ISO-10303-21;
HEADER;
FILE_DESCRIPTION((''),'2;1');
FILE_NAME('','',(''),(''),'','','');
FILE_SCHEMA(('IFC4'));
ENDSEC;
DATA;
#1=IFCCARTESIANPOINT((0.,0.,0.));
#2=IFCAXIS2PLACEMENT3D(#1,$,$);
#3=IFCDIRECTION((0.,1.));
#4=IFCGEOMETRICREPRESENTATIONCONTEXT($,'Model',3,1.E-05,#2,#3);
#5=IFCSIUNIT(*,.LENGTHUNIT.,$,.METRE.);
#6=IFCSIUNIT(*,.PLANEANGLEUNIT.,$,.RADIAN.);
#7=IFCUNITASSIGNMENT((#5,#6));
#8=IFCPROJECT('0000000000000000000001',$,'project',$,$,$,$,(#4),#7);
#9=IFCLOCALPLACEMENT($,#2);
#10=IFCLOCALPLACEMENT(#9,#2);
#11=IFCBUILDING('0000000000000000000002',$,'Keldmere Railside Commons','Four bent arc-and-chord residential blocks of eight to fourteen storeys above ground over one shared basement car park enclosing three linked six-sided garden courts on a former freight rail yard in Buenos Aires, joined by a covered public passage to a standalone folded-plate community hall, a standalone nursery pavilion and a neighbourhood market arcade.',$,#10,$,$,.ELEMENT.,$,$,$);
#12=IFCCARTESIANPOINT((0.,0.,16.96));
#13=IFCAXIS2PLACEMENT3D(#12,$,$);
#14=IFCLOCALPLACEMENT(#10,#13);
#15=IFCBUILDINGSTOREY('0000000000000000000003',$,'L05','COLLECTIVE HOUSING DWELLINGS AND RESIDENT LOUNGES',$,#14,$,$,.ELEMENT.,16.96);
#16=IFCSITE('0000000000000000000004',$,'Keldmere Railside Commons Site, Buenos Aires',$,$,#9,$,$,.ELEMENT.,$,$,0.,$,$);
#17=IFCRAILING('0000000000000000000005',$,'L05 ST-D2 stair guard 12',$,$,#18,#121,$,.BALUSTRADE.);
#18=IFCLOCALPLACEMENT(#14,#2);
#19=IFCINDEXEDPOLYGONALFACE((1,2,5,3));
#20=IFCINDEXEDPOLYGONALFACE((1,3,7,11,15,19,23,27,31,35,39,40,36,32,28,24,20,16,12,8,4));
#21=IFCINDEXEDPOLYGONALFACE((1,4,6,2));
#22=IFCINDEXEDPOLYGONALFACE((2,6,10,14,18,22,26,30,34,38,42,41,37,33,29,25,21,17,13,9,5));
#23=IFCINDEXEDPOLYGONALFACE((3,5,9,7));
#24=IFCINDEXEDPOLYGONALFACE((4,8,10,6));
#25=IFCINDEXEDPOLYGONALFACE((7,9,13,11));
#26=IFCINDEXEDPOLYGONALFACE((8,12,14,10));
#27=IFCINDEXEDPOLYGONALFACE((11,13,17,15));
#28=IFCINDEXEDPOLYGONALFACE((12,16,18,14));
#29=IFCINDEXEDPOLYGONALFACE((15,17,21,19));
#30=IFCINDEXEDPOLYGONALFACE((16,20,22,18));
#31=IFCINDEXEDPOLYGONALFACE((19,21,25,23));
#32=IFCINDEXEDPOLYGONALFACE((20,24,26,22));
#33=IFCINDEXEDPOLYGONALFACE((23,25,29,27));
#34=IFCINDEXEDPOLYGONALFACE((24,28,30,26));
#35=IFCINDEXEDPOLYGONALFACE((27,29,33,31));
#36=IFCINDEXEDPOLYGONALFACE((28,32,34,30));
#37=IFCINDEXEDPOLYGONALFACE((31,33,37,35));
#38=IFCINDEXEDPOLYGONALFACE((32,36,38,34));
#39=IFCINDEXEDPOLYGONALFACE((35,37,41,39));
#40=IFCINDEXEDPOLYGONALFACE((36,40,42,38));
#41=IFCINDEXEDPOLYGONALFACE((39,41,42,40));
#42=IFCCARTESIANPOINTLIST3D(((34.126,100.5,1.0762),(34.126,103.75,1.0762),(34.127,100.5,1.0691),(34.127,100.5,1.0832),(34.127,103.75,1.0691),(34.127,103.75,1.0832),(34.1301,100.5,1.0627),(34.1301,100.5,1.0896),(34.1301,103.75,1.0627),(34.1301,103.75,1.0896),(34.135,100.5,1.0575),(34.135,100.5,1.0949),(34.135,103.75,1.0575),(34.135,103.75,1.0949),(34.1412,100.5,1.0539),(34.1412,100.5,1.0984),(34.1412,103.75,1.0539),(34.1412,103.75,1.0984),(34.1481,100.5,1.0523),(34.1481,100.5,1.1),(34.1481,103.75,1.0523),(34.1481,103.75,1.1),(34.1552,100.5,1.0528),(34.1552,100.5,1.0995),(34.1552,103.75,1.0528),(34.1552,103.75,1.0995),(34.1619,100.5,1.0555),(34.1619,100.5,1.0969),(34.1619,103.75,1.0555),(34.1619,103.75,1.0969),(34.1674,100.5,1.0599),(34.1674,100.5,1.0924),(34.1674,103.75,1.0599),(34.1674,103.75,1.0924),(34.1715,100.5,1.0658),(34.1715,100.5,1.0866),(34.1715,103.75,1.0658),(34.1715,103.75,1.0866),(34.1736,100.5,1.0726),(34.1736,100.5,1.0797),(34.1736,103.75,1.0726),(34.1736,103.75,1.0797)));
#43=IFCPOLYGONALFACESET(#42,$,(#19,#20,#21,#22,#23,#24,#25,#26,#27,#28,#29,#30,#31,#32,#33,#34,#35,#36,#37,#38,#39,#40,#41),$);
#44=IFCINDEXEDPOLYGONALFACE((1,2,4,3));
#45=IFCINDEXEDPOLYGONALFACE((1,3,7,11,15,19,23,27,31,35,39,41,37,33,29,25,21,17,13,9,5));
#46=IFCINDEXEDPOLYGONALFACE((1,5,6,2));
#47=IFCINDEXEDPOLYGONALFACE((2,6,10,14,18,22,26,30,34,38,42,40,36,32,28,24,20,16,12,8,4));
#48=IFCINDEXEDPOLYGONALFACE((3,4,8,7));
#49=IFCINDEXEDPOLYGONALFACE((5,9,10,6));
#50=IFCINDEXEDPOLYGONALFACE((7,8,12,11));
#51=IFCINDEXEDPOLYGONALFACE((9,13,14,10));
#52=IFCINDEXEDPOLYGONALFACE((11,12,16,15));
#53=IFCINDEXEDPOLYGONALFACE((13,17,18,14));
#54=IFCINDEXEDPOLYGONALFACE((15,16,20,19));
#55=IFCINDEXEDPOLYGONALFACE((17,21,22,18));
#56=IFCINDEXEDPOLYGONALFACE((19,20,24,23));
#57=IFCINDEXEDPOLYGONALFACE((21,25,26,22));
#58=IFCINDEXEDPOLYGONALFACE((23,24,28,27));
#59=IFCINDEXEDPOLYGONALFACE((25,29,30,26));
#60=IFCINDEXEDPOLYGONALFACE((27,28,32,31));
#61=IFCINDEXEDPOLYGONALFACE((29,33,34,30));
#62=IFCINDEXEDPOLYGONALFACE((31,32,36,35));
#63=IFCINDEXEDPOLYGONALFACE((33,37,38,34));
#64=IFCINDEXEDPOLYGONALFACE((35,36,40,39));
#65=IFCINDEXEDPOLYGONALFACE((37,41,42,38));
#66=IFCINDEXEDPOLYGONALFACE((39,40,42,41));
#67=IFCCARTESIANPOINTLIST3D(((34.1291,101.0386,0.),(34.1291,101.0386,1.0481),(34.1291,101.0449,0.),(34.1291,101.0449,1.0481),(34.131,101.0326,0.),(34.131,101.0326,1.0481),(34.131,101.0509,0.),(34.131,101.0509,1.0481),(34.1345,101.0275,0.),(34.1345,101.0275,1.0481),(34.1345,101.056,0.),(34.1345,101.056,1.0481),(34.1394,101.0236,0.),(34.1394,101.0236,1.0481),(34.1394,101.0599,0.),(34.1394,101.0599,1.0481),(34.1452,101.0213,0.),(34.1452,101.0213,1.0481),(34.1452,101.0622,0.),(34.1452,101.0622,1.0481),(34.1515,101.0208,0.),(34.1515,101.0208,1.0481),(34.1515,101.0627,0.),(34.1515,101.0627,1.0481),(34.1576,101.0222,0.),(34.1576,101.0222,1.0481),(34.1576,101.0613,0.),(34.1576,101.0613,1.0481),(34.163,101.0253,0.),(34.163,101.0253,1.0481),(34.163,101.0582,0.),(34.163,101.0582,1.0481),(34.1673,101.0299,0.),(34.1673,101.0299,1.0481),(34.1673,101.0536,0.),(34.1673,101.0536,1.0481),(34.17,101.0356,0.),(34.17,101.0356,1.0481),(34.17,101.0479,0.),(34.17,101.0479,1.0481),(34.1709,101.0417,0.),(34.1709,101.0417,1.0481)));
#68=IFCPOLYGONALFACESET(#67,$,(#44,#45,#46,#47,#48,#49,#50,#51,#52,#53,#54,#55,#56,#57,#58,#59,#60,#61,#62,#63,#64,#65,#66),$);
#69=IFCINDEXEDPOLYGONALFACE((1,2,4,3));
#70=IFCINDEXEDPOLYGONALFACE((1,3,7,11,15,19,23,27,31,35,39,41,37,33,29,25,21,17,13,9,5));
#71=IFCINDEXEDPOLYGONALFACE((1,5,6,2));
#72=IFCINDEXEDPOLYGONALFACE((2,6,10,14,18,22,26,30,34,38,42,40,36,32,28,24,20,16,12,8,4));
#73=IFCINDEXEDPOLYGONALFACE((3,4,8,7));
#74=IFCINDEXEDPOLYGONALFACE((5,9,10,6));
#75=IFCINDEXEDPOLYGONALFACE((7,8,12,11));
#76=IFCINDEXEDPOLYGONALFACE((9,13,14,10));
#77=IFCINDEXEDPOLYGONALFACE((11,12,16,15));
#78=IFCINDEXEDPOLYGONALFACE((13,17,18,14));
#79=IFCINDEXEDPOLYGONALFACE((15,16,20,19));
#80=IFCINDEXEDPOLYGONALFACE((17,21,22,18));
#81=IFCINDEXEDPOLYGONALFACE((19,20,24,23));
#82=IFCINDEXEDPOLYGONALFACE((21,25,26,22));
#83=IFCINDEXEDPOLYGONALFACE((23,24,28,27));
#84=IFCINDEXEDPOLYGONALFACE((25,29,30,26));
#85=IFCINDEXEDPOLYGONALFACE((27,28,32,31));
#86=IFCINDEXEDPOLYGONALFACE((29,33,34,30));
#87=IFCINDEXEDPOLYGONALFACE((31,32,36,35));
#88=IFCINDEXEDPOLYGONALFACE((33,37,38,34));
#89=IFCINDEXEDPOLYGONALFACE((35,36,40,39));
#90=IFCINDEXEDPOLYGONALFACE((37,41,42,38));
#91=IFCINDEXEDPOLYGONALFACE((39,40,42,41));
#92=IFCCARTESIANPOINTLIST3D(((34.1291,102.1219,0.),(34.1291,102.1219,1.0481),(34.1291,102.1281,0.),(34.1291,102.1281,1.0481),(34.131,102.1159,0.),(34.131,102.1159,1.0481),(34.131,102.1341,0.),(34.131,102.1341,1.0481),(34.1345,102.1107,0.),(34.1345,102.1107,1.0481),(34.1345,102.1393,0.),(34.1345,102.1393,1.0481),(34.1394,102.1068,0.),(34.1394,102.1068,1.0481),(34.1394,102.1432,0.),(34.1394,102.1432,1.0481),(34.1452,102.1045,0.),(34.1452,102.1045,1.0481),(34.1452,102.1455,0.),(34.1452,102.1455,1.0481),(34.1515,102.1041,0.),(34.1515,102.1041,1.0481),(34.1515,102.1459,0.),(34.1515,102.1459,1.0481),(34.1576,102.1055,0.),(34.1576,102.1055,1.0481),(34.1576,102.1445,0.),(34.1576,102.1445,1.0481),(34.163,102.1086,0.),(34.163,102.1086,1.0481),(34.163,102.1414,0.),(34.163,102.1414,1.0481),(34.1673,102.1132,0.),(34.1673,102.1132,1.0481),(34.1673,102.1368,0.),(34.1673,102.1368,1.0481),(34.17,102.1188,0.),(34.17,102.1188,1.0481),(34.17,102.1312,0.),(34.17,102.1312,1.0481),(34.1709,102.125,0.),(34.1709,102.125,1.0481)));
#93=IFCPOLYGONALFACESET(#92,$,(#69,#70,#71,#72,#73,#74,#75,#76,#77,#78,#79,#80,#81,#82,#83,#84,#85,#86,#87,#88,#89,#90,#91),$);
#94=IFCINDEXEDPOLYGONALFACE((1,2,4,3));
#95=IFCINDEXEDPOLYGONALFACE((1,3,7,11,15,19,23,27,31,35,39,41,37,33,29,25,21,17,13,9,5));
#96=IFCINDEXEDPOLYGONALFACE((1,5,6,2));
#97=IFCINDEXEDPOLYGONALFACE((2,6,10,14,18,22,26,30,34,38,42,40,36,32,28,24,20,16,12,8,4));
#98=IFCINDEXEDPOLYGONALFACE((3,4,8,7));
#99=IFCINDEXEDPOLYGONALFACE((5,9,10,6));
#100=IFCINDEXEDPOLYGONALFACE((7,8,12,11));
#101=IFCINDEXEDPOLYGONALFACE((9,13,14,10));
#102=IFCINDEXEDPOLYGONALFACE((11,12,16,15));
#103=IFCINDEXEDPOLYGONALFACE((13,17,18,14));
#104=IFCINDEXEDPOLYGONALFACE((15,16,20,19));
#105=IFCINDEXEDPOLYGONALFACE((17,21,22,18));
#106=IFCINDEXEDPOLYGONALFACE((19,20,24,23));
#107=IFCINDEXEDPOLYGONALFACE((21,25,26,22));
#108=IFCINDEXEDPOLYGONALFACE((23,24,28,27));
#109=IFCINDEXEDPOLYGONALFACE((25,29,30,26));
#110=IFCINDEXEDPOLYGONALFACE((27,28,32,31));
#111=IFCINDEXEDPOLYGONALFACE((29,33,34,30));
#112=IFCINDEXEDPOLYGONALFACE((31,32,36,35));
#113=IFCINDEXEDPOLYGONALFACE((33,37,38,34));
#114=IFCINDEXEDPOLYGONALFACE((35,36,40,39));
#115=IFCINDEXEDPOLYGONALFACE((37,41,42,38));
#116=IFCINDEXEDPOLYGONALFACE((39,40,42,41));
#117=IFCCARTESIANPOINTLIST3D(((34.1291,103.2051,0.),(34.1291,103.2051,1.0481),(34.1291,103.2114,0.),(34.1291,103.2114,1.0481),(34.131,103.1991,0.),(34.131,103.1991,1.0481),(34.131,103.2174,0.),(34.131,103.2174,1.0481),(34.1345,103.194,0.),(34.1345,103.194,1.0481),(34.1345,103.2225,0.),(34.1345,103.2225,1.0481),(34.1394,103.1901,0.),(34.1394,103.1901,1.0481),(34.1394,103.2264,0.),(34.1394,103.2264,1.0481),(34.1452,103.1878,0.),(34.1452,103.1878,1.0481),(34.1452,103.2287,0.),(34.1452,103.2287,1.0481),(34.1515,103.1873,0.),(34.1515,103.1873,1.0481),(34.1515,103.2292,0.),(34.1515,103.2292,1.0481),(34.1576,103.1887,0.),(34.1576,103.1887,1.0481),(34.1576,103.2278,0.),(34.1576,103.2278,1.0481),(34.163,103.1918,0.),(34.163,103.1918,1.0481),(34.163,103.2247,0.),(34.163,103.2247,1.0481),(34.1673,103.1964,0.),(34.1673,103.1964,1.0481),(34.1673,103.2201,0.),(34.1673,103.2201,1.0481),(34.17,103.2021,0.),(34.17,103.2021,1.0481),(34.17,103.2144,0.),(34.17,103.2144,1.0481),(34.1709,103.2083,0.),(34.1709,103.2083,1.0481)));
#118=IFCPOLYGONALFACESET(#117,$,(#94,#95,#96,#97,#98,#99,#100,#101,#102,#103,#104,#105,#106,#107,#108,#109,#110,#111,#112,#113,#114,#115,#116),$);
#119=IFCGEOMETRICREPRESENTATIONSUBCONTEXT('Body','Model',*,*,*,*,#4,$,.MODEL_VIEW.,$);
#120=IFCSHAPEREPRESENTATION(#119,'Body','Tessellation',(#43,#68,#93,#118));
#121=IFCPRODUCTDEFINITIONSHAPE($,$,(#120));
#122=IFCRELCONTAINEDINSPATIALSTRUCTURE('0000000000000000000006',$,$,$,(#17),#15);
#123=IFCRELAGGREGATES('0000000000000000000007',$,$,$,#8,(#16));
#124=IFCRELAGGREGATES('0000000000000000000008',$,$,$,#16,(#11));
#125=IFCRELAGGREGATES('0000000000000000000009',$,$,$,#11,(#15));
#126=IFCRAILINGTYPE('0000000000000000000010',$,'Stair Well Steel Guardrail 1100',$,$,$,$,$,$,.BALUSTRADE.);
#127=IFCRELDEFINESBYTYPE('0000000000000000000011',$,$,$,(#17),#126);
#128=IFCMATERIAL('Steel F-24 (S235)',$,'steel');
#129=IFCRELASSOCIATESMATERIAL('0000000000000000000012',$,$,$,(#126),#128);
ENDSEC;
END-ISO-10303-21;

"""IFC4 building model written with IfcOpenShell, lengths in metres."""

from ifc_helpers import new_model, si_unit, direction, frame, origin, origin_2d, place, context, subcontext, project, spatial, circle, extrude, material, type_object, element, save


model = new_model("IFC4")

# Units and contexts
model_context = context("Model", 3, precision=1e-05, world=origin(), true_north=direction((0.0, 1.0)))
body_context = subcontext(model_context, "Body", "Model", "MODEL_VIEW")
ifc_project = project(units=[si_unit("LENGTHUNIT", "METRE"), si_unit("PLANEANGLEUNIT", "RADIAN")], contexts=[model_context])

# Site, building, storey
site_placement = place(None, origin())
site = spatial("IfcSite", under=ifc_project, at=site_placement, Name="Keldmere Railside Commons Site, Buenos Aires", CompositionType="ELEMENT", RefElevation=0.0)
building_placement = place(site_placement, origin())
building = spatial("IfcBuilding", under=site, at=building_placement, Name="Keldmere Railside Commons", Description="Four bent arc-and-chord residential blocks of eight to fourteen storeys above ground over one shared basement car park enclosing three linked six-sided garden courts on a former freight rail yard in Buenos Aires, joined by a covered public passage to a standalone folded-plate community hall, a standalone nursery pavilion and a neighbourhood market arcade.", CompositionType="ELEMENT")
storey_placement = place(building_placement, frame((0.0, 0.0, 16.96)))
storey = spatial("IfcBuildingStorey", under=building, at=storey_placement, Name="L05", Description="COLLECTIVE HOUSING DWELLINGS AND RESIDENT LOUNGES", CompositionType="ELEMENT", Elevation=16.96)

# Railing
ifc_material_1 = material(Name="Steel F-24 (S235)", Category="steel")
railing_type_1 = type_object("IfcRailingType", Name="Stair Well Steel Guardrail 1100", PredefinedType="BALUSTRADE", material=ifc_material_1)
railing_1_placement = place(storey_placement, frame((34.1499, 100.5, 0.0)))
element("IfcRailing", 1, at=railing_1_placement, inside=storey, type_object=railing_type_1, Name="L05 ST-D2 stair guard 12", PredefinedType="BALUSTRADE", context=body_context, shape_type="SweptSolid", body=[
    extrude(circle(Radius=0.0239, at=origin_2d()), frame((0.0, 0.0, 1.0762), z_axis=(0.0, 1.0, 0.0), x_axis=(-1.0, 0.0, 0.0)), (0.0, 0.0, 1.0), 3.25),
    extrude(circle(Radius=0.021, at=origin_2d()), frame((0.0, 0.5417, 0.0)), (0.0, 0.0, 1.0), 1.0481),
    extrude(circle(Radius=0.021, at=origin_2d()), frame((0.0, 1.625, 0.0)), (0.0, 0.0, 1.0), 1.0481),
    extrude(circle(Radius=0.021, at=origin_2d()), frame((0.0, 2.7083, 0.0)), (0.0, 0.0, 1.0), 1.0481),
])

save(model, "model.ifc")
